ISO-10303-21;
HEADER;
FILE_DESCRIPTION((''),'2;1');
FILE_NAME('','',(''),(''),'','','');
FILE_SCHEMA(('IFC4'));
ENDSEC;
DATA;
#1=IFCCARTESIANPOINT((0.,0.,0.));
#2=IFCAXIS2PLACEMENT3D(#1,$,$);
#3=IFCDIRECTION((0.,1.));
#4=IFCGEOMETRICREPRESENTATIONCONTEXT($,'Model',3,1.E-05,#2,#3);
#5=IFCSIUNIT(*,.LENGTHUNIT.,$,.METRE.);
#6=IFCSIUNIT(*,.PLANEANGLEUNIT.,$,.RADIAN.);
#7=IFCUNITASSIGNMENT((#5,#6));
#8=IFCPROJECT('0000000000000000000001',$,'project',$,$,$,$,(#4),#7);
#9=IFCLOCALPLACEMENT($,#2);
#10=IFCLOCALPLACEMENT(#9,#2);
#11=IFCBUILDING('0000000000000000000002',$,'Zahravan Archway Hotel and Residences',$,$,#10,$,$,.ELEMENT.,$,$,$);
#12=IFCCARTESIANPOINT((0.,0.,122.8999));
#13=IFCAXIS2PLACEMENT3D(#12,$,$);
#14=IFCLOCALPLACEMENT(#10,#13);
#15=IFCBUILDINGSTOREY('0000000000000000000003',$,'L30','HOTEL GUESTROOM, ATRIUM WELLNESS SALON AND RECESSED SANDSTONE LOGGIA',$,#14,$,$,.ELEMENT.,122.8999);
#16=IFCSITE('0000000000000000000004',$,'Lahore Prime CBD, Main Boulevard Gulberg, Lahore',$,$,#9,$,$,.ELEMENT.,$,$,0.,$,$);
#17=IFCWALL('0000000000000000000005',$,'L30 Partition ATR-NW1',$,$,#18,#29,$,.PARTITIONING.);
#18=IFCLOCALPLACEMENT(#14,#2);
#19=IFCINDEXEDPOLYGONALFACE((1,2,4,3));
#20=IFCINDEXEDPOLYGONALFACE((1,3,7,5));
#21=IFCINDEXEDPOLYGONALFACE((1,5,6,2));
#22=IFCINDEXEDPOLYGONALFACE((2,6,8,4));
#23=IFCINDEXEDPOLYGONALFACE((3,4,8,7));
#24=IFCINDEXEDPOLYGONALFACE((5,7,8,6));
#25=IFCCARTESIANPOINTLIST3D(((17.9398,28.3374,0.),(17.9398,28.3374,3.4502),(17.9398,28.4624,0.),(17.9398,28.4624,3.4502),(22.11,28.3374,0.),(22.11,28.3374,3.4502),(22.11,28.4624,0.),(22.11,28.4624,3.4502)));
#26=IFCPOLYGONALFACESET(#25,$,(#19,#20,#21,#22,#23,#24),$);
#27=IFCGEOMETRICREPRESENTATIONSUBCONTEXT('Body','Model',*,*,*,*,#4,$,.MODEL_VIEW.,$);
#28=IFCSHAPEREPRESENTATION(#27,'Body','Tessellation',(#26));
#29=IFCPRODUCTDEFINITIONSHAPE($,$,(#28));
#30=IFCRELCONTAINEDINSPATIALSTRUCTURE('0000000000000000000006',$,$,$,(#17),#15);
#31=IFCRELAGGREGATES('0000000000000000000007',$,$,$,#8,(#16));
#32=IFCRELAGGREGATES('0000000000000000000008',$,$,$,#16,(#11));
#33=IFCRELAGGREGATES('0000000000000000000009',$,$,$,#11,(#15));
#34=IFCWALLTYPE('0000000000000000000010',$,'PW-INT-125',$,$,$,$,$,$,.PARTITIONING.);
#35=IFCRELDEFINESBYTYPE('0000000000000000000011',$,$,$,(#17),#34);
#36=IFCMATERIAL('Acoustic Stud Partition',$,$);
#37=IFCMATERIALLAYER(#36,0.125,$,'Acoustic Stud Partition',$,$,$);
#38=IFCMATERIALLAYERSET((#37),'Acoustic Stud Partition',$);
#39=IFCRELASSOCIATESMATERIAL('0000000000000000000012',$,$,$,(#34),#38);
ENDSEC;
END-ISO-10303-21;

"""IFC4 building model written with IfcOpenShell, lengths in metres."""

from ifc_helpers import new_model, si_unit, direction, frame, frame_2d, origin, place, context, subcontext, project, spatial, rectangle, extrude, material, layer, layer_set, type_object, element, save


model = new_model("IFC4")

# Units and contexts
model_context = context("Model", 3, precision=1e-05, world=origin(), true_north=direction((0.0, 1.0)))
body_context = subcontext(model_context, "Body", "Model", "MODEL_VIEW")
ifc_project = project(units=[si_unit("LENGTHUNIT", "METRE"), si_unit("PLANEANGLEUNIT", "RADIAN")], contexts=[model_context])

# Site, building, storey
site_placement = place(None, origin())
site = spatial("IfcSite", under=ifc_project, at=site_placement, Name="Lahore Prime CBD, Main Boulevard Gulberg, Lahore", CompositionType="ELEMENT", RefElevation=0.0)
building_placement = place(site_placement, origin())
building = spatial("IfcBuilding", under=site, at=building_placement, Name="Zahravan Archway Hotel and Residences", CompositionType="ELEMENT")
storey_placement = place(building_placement, frame((0.0, 0.0, 122.8999)))
storey = spatial("IfcBuildingStorey", under=building, at=storey_placement, Name="L30", Description="HOTEL GUESTROOM, ATRIUM WELLNESS SALON AND RECESSED SANDSTONE LOGGIA", CompositionType="ELEMENT", Elevation=122.8999)

# Wall
ifc_material_1 = material(Name="Acoustic Stud Partition")
ifc_layer_1 = layer(ifc_material_1, 0.125, Name="Acoustic Stud Partition")
ifc_layer_set_1 = layer_set([ifc_layer_1], Name="Acoustic Stud Partition")
wall_type_1 = type_object("IfcWallType", Name="PW-INT-125", PredefinedType="PARTITIONING", material=ifc_layer_set_1)
wall_1_placement = place(storey_placement, frame((17.9399, 28.3999, 0.0), z_axis=(0.0, 0.0, 1.0), x_axis=(1.0, 0.0, 0.0)))
element("IfcWall", 1, at=wall_1_placement, inside=storey, type_object=wall_type_1, Name="L30 Partition ATR-NW1", PredefinedType="PARTITIONING", context=body_context, shape_type="SweptSolid", body=[
    extrude(rectangle(XDim=4.1702, YDim=0.125, at=frame_2d((2.085, 0.0))), origin(), (0.0, 0.0, 1.0), 3.4502),
])

save(model, "model.ifc")
